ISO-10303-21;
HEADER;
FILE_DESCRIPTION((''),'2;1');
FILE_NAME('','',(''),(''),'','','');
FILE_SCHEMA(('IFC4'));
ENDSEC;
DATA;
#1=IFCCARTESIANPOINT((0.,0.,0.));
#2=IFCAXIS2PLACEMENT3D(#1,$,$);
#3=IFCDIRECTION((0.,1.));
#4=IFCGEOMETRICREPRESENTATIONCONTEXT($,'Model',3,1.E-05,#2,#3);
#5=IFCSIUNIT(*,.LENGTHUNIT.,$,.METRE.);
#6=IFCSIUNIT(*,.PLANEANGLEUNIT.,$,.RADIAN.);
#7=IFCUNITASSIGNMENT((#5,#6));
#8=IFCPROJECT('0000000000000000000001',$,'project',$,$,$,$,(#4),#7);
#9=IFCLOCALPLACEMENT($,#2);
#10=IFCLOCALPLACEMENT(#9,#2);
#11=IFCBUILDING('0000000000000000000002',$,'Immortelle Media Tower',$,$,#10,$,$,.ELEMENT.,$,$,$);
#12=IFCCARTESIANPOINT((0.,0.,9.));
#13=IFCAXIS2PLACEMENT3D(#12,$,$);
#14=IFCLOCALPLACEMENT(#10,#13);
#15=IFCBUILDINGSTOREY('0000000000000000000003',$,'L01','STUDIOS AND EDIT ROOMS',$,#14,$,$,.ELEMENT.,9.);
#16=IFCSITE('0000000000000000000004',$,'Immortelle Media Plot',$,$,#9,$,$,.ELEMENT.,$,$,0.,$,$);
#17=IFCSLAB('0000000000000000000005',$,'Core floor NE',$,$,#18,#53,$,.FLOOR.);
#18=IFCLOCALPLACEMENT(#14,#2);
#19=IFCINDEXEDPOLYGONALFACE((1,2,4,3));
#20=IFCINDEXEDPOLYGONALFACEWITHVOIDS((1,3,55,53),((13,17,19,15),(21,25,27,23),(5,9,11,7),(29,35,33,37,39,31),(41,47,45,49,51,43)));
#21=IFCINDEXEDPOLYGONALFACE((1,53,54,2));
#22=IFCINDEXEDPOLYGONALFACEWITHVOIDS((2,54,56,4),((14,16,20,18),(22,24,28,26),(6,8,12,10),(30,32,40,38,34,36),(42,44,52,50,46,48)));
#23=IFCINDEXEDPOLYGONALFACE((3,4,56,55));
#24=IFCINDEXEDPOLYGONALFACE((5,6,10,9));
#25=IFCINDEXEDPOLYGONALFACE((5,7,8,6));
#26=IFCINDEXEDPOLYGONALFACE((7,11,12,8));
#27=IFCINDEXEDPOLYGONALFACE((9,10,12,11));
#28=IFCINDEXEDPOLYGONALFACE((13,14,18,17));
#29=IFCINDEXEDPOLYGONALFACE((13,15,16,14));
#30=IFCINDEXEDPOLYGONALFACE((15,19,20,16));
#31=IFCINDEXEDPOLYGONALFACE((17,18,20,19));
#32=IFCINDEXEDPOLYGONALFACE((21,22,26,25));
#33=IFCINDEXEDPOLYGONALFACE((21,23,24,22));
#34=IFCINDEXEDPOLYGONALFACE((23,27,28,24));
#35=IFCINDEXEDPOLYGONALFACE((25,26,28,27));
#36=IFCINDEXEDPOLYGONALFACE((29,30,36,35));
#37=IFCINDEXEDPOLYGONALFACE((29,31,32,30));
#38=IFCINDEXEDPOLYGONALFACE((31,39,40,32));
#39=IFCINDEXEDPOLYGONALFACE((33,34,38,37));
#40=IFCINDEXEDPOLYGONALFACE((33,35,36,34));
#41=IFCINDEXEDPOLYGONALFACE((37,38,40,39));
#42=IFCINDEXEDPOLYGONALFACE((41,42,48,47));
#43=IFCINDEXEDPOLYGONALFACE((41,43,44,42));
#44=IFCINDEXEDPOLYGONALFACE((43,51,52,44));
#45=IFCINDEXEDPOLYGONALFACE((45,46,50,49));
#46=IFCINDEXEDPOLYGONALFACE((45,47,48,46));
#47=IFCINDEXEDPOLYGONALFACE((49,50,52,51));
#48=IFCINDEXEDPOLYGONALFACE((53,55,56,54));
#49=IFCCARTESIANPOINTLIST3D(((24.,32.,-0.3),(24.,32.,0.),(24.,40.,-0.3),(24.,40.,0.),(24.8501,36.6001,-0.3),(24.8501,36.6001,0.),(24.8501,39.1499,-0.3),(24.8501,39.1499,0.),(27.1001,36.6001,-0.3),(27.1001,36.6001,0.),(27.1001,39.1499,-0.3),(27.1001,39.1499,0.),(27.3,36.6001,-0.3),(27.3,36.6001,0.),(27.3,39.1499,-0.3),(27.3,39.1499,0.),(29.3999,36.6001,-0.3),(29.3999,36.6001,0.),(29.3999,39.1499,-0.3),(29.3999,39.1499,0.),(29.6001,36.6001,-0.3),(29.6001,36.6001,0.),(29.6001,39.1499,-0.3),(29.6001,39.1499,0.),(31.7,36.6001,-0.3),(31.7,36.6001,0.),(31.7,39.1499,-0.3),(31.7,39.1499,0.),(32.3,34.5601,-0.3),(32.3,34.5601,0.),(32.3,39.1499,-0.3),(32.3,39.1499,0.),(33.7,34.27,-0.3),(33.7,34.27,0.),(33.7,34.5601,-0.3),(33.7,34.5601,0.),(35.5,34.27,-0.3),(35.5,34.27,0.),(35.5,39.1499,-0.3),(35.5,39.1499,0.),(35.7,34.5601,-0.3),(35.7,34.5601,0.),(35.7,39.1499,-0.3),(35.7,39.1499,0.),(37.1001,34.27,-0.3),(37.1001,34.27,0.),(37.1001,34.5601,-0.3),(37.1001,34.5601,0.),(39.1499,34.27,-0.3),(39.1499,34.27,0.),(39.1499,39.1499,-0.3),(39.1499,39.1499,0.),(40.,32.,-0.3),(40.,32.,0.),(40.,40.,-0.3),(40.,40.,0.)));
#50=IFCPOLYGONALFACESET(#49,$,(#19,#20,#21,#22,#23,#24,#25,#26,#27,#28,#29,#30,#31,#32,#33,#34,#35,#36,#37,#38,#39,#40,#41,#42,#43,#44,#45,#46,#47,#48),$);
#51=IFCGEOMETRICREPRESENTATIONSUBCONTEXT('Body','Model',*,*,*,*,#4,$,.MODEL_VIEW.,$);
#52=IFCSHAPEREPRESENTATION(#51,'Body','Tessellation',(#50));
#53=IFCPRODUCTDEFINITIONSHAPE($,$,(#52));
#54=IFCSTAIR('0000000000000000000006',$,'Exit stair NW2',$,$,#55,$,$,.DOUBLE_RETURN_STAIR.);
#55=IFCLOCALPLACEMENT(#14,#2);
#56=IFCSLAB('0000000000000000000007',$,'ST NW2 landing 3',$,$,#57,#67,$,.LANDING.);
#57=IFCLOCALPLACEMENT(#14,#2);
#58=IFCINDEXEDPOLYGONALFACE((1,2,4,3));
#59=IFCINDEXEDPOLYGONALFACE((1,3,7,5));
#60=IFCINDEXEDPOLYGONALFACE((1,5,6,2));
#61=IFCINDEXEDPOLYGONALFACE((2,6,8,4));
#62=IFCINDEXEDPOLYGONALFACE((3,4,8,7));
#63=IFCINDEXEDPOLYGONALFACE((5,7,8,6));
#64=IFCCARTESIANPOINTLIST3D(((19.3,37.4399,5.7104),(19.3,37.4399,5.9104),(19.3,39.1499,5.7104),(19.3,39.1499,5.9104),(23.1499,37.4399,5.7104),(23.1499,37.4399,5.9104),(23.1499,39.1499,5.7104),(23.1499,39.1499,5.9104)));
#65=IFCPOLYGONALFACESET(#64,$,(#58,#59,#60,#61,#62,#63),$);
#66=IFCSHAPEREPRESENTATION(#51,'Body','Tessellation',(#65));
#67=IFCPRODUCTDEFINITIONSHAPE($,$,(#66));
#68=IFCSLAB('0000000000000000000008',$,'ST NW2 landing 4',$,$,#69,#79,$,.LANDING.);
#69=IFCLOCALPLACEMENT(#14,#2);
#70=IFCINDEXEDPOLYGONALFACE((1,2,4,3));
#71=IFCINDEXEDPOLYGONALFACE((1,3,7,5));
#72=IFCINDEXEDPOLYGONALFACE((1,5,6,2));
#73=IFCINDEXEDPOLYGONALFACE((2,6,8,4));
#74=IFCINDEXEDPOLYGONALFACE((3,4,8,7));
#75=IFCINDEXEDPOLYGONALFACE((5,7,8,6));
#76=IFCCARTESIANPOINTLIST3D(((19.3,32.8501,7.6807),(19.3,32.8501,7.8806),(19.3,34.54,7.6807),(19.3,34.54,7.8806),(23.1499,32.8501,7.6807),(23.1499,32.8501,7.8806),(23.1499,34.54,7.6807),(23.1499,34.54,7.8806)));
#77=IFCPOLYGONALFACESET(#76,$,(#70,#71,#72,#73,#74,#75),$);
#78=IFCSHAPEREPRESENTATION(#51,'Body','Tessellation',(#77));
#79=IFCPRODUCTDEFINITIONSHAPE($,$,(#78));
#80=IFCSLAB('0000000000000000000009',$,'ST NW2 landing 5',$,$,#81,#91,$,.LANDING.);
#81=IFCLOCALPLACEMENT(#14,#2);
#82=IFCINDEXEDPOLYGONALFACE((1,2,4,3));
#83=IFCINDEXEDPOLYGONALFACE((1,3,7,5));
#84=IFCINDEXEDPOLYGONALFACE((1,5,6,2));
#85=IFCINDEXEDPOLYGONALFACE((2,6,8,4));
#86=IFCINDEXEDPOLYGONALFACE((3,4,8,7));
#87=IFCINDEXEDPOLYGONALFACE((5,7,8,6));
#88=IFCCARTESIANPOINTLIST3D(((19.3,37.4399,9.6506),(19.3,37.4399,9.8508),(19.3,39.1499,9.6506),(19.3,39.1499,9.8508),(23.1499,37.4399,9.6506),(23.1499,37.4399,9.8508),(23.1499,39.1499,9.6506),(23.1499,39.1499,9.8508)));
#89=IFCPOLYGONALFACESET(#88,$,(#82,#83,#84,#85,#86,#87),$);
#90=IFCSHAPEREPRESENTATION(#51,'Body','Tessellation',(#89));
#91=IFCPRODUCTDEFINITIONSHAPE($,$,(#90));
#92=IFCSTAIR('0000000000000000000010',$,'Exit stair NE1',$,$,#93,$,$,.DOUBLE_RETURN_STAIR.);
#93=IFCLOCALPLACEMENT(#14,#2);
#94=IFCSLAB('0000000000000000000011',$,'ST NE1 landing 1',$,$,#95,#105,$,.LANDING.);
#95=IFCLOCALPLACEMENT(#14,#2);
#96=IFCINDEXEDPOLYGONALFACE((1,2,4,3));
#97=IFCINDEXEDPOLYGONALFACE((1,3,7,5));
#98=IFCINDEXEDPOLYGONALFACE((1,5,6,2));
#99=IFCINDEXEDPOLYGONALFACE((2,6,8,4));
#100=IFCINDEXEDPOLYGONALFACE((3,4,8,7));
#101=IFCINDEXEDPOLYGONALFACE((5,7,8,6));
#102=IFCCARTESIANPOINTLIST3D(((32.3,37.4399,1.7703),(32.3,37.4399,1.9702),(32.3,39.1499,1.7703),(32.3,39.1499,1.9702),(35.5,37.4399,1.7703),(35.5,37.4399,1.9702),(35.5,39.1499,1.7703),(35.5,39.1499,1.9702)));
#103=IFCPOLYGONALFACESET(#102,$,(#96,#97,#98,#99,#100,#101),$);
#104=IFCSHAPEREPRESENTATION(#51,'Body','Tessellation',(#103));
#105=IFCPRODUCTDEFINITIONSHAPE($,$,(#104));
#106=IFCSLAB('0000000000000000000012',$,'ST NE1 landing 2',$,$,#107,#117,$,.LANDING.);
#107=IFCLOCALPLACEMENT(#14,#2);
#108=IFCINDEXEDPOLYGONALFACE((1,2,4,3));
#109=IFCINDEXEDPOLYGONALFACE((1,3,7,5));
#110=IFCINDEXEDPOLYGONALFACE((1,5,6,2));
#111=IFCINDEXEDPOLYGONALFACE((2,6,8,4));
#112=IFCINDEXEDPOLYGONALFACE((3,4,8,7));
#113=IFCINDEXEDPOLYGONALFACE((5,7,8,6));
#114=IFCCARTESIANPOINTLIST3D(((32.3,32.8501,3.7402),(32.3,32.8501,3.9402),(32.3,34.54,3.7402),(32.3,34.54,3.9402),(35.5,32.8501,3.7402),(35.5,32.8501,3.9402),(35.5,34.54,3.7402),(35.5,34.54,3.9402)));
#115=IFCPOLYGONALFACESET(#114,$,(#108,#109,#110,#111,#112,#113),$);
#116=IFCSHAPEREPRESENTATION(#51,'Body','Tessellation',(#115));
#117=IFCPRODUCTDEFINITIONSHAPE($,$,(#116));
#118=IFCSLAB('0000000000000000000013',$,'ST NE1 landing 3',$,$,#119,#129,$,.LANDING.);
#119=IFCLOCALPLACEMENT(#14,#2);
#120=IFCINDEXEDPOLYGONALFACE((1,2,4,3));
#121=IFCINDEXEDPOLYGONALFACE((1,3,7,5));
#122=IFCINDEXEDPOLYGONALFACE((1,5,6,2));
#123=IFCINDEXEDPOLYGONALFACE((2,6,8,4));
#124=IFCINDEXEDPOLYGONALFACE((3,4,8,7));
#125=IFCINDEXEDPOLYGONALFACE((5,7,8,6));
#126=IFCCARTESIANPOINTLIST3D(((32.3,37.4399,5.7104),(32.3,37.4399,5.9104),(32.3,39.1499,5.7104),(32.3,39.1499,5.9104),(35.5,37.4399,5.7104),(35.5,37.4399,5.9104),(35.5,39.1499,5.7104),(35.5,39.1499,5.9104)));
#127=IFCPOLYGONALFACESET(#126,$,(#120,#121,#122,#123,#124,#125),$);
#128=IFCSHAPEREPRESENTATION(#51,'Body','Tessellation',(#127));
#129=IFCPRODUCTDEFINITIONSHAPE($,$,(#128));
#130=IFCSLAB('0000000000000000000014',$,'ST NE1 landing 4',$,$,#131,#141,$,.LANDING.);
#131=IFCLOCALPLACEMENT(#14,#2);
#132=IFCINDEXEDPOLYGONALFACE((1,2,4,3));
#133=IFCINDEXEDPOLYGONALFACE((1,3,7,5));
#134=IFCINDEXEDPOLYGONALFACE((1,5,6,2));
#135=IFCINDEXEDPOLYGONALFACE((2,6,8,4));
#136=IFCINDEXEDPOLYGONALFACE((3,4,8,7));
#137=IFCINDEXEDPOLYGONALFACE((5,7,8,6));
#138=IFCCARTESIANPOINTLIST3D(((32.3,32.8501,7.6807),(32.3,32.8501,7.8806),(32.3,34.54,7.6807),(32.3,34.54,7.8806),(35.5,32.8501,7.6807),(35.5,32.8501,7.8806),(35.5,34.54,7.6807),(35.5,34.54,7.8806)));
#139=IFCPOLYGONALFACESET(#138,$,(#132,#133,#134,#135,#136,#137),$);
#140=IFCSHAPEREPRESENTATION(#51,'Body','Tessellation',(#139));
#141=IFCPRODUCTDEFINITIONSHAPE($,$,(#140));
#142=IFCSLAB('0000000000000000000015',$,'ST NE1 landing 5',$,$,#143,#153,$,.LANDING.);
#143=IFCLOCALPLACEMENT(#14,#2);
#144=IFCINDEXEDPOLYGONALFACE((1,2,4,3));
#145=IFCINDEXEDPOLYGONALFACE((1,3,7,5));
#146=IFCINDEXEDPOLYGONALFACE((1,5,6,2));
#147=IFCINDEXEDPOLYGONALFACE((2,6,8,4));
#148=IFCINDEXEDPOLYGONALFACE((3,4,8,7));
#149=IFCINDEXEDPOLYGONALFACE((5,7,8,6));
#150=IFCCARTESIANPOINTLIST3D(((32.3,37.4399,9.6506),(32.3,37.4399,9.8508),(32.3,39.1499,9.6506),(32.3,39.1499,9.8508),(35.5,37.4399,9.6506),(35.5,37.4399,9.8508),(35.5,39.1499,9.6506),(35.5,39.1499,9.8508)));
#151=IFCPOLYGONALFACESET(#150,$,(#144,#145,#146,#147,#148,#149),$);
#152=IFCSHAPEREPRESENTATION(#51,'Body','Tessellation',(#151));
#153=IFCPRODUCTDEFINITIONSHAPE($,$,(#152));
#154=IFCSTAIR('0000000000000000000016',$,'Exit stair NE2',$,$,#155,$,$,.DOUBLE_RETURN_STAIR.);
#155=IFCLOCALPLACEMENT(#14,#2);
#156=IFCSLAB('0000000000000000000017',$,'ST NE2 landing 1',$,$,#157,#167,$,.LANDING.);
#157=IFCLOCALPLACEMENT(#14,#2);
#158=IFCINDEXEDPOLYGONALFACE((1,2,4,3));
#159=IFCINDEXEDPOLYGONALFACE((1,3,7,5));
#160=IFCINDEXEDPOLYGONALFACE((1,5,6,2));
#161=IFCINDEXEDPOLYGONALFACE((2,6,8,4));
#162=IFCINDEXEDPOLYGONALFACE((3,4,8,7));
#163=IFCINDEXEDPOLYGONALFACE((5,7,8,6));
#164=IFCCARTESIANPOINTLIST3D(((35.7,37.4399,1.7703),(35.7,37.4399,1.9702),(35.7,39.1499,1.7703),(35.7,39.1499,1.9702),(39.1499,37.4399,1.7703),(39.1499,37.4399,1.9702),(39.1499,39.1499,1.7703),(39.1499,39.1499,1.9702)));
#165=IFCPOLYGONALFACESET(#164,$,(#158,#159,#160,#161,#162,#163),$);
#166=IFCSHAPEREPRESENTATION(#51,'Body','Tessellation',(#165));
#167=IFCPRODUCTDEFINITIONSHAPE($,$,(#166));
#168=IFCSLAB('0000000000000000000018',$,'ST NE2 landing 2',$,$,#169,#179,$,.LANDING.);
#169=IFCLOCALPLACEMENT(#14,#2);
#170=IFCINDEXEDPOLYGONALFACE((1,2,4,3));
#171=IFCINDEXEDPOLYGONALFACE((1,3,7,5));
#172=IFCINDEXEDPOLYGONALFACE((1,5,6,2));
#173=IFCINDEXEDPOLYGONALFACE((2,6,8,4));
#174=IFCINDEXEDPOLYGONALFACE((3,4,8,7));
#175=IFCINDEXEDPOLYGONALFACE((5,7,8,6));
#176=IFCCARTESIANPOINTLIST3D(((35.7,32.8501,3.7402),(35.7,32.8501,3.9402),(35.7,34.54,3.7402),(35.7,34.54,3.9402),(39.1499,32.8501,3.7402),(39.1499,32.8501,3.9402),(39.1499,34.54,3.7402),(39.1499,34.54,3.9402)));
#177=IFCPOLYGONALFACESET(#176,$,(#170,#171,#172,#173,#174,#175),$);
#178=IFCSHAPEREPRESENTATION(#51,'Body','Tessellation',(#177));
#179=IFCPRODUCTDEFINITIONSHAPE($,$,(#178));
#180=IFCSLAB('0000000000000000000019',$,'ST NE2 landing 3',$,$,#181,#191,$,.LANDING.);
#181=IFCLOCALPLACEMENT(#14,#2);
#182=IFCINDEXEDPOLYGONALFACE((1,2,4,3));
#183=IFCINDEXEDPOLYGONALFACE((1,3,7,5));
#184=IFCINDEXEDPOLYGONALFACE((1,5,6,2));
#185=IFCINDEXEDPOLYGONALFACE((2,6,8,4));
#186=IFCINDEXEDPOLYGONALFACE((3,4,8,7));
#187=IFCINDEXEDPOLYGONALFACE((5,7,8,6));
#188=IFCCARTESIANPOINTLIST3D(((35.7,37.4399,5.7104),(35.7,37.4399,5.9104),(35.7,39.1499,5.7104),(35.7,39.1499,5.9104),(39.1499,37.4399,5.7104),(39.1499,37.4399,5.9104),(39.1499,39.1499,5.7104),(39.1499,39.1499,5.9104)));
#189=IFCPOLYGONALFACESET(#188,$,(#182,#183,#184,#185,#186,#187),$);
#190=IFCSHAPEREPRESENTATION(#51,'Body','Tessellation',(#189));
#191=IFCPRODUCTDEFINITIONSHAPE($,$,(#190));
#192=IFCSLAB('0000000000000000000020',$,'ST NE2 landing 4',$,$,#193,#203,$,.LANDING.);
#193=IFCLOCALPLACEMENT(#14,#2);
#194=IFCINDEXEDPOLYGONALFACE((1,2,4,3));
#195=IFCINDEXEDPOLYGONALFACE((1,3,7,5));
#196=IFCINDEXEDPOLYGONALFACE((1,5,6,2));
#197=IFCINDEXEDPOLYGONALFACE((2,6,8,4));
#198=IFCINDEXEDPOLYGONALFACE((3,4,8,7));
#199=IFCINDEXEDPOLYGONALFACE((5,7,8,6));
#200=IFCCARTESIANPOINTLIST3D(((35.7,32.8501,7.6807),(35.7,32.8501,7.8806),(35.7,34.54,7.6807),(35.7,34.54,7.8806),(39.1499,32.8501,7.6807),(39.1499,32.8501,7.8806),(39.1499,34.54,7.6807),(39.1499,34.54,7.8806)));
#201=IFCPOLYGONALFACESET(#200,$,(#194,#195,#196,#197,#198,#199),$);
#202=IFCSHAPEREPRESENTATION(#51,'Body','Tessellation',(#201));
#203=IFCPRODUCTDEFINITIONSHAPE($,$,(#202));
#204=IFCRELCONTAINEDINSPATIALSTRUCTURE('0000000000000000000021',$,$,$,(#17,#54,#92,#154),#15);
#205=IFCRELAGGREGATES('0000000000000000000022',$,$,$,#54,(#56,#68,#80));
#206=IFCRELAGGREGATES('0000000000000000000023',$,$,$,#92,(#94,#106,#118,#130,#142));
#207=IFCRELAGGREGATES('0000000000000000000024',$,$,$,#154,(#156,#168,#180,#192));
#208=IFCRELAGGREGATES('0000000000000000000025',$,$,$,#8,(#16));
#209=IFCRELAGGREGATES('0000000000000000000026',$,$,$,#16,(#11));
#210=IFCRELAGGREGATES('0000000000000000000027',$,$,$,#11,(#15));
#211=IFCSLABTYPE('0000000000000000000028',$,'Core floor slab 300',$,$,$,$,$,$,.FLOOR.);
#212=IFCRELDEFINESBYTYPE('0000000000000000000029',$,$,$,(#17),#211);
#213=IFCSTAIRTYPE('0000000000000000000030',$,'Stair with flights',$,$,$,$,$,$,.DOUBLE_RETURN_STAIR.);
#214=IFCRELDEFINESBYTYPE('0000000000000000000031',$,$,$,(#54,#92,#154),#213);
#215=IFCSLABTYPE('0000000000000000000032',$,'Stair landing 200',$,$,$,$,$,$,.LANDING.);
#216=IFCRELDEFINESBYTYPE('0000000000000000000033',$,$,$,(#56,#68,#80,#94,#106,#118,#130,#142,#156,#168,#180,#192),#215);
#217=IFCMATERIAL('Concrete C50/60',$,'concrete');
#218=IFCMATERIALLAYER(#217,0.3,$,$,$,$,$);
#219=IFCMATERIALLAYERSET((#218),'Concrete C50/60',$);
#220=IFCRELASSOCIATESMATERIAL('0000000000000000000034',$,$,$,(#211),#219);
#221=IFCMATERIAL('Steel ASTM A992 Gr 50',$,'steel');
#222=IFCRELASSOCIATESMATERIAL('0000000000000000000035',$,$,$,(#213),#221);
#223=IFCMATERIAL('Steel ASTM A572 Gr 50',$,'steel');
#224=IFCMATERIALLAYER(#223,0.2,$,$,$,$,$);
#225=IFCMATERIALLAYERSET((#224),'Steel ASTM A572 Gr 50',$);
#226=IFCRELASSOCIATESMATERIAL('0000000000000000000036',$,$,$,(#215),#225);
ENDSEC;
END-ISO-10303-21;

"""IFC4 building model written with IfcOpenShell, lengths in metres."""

from ifc_helpers import new_model, si_unit, direction, frame, origin, place, context, subcontext, project, spatial, polyline, outline, extrude, material, layer, layer_set, type_object, element, aggregate, save


model = new_model("IFC4")

# Units and contexts
model_context = context("Model", 3, precision=1e-05, world=origin(), true_north=direction((0.0, 1.0)))
body_context = subcontext(model_context, "Body", "Model", "MODEL_VIEW")
ifc_project = project(units=[si_unit("LENGTHUNIT", "METRE"), si_unit("PLANEANGLEUNIT", "RADIAN")], contexts=[model_context])

# Site, building, storey
site_placement = place(None, origin())
site = spatial("IfcSite", under=ifc_project, at=site_placement, Name="Immortelle Media Plot", CompositionType="ELEMENT", RefElevation=0.0)
building_placement = place(site_placement, origin())
building = spatial("IfcBuilding", under=site, at=building_placement, Name="Immortelle Media Tower", CompositionType="ELEMENT")
storey_placement = place(building_placement, frame((0.0, 0.0, 9.0)))
storey = spatial("IfcBuildingStorey", under=building, at=storey_placement, Name="L01", Description="STUDIOS AND EDIT ROOMS", CompositionType="ELEMENT", Elevation=9.0)

# Shared definitions
ifc_material_1 = material(Name="Steel ASTM A992 Gr 50", Category="steel")

# Slab
ifc_material_2 = material(Name="Concrete C50/60", Category="concrete")
ifc_layer_1 = layer(ifc_material_2, 0.3)
ifc_layer_set_1 = layer_set([ifc_layer_1], Name="Concrete C50/60")
slab_type_1 = type_object("IfcSlabType", Name="Core floor slab 300", PredefinedType="FLOOR", material=ifc_layer_set_1)
slab_1_placement = place(storey_placement, frame((0.0, 0.0, -0.3)))
element("IfcSlab", 1, at=slab_1_placement, inside=storey, type_object=slab_type_1, Name="Core floor NE", PredefinedType="FLOOR", context=body_context, shape_type="SweptSolid", body=[
    extrude(outline(polyline([(24.0, 32.0), (40.0, 32.0), (40.0, 40.0), (24.0, 40.0), (24.0, 32.0)]), holes=[polyline([(24.8501, 36.6001), (27.1001, 36.6001), (27.1001, 39.1499), (24.8501, 39.1499), (24.8501, 36.6001)]), polyline([(27.3, 36.6001), (29.3999, 36.6001), (29.3999, 39.1499), (27.3, 39.1499), (27.3, 36.6001)]), polyline([(29.6001, 36.6001), (31.7, 36.6001), (31.7, 39.1499), (29.6001, 39.1499), (29.6001, 36.6001)]), polyline([(32.3, 39.1499), (35.5, 39.1499), (35.5, 34.27), (33.7, 34.27), (33.7, 34.5601), (32.3, 34.5601), (32.3, 39.1499)]), polyline([(35.7, 39.1499), (39.1499, 39.1499), (39.1499, 34.27), (37.1001, 34.27), (37.1001, 34.5601), (35.7, 34.5601), (35.7, 39.1499)])]), origin(), (0.0, 0.0, 1.0), 0.3),
])

# Stairs, slabs
stair_type = type_object("IfcStairType", Name="Stair with flights", PredefinedType="DOUBLE_RETURN_STAIR", material=ifc_material_1)
stair_1_placement = place(storey_placement, origin())
stair_1 = element("IfcStair", 2, at=stair_1_placement, inside=storey, type_object=stair_type, Name="Exit stair NW2", PredefinedType="DOUBLE_RETURN_STAIR")
ifc_material_3 = material(Name="Steel ASTM A572 Gr 50", Category="steel")
ifc_layer_2 = layer(ifc_material_3, 0.2)
ifc_layer_set_2 = layer_set([ifc_layer_2], Name="Steel ASTM A572 Gr 50")
slab_type_2 = type_object("IfcSlabType", Name="Stair landing 200", PredefinedType="LANDING", material=ifc_layer_set_2)
slab_2_placement = place(storey_placement, frame((0.0, 0.0, 5.7104)))
slab_2 = element("IfcSlab", 3, at=slab_2_placement, type_object=slab_type_2, Name="ST NW2 landing 3", PredefinedType="LANDING", context=body_context, shape_type="SweptSolid", body=[
    extrude(outline(polyline([(19.3, 37.4399), (23.1499, 37.4399), (23.1499, 39.1499), (19.3, 39.1499), (19.3, 37.4399)])), origin(), (0.0, 0.0, 1.0), 0.2),
])
slab_3_placement = place(storey_placement, frame((0.0, 0.0, 7.6807)))
slab_3 = element("IfcSlab", 4, at=slab_3_placement, type_object=slab_type_2, Name="ST NW2 landing 4", PredefinedType="LANDING", context=body_context, shape_type="SweptSolid", body=[
    extrude(outline(polyline([(19.3, 32.8501), (23.1499, 32.8501), (23.1499, 34.54), (19.3, 34.54), (19.3, 32.8501)])), origin(), (0.0, 0.0, 1.0), 0.2),
])
slab_4_placement = place(storey_placement, frame((0.0, 0.0, 9.6506)))
slab_4 = element("IfcSlab", 5, at=slab_4_placement, type_object=slab_type_2, Name="ST NW2 landing 5", PredefinedType="LANDING", context=body_context, shape_type="SweptSolid", body=[
    extrude(outline(polyline([(19.3, 37.4399), (23.1499, 37.4399), (23.1499, 39.1499), (19.3, 39.1499), (19.3, 37.4399)])), origin(), (0.0, 0.0, 1.0), 0.2002),
])
aggregate(stair_1, [slab_2, slab_3, slab_4])
stair_2_placement = place(storey_placement, origin())
stair_2 = element("IfcStair", 6, at=stair_2_placement, inside=storey, type_object=stair_type, Name="Exit stair NE1", PredefinedType="DOUBLE_RETURN_STAIR")
slab_5_placement = place(storey_placement, frame((0.0, 0.0, 1.7703)))
slab_5 = element("IfcSlab", 7, at=slab_5_placement, type_object=slab_type_2, Name="ST NE1 landing 1", PredefinedType="LANDING", context=body_context, shape_type="SweptSolid", body=[
    extrude(outline(polyline([(32.3, 37.4399), (35.5, 37.4399), (35.5, 39.1499), (32.3, 39.1499), (32.3, 37.4399)])), origin(), (0.0, 0.0, 1.0), 0.2),
])
slab_6_placement = place(storey_placement, frame((0.0, 0.0, 3.7402)))
slab_6 = element("IfcSlab", 8, at=slab_6_placement, type_object=slab_type_2, Name="ST NE1 landing 2", PredefinedType="LANDING", context=body_context, shape_type="SweptSolid", body=[
    extrude(outline(polyline([(32.3, 32.8501), (35.5, 32.8501), (35.5, 34.54), (32.3, 34.54), (32.3, 32.8501)])), origin(), (0.0, 0.0, 1.0), 0.2),
])
slab_7_placement = place(storey_placement, frame((0.0, 0.0, 5.7104)))
slab_7 = element("IfcSlab", 9, at=slab_7_placement, type_object=slab_type_2, Name="ST NE1 landing 3", PredefinedType="LANDING", context=body_context, shape_type="SweptSolid", body=[
    extrude(outline(polyline([(32.3, 37.4399), (35.5, 37.4399), (35.5, 39.1499), (32.3, 39.1499), (32.3, 37.4399)])), origin(), (0.0, 0.0, 1.0), 0.2),
])
slab_8_placement = place(storey_placement, frame((0.0, 0.0, 7.6807)))
slab_8 = element("IfcSlab", 10, at=slab_8_placement, type_object=slab_type_2, Name="ST NE1 landing 4", PredefinedType="LANDING", context=body_context, shape_type="SweptSolid", body=[
    extrude(outline(polyline([(32.3, 32.8501), (35.5, 32.8501), (35.5, 34.54), (32.3, 34.54), (32.3, 32.8501)])), origin(), (0.0, 0.0, 1.0), 0.2),
])
slab_9_placement = place(storey_placement, frame((0.0, 0.0, 9.6506)))
slab_9 = element("IfcSlab", 11, at=slab_9_placement, type_object=slab_type_2, Name="ST NE1 landing 5", PredefinedType="LANDING", context=body_context, shape_type="SweptSolid", body=[
    extrude(outline(polyline([(32.3, 37.4399), (35.5, 37.4399), (35.5, 39.1499), (32.3, 39.1499), (32.3, 37.4399)])), origin(), (0.0, 0.0, 1.0), 0.2002),
])
aggregate(stair_2, [slab_5, slab_6, slab_7, slab_8, slab_9])
stair_3_placement = place(storey_placement, origin())
stair_3 = element("IfcStair", 12, at=stair_3_placement, inside=storey, type_object=stair_type, Name="Exit stair NE2", PredefinedType="DOUBLE_RETURN_STAIR")
slab_10_placement = place(storey_placement, frame((0.0, 0.0, 1.7703)))
slab_10 = element("IfcSlab", 13, at=slab_10_placement, type_object=slab_type_2, Name="ST NE2 landing 1", PredefinedType="LANDING", context=body_context, shape_type="SweptSolid", body=[
    extrude(outline(polyline([(35.7, 37.4399), (39.1499, 37.4399), (39.1499, 39.1499), (35.7, 39.1499), (35.7, 37.4399)])), origin(), (0.0, 0.0, 1.0), 0.2),
])
slab_11_placement = place(storey_placement, frame((0.0, 0.0, 3.7402)))
slab_11 = element("IfcSlab", 14, at=slab_11_placement, type_object=slab_type_2, Name="ST NE2 landing 2", PredefinedType="LANDING", context=body_context, shape_type="SweptSolid", body=[
    extrude(outline(polyline([(35.7, 32.8501), (39.1499, 32.8501), (39.1499, 34.54), (35.7, 34.54), (35.7, 32.8501)])), origin(), (0.0, 0.0, 1.0), 0.2),
])
slab_12_placement = place(storey_placement, frame((0.0, 0.0, 5.7104)))
slab_12 = element("IfcSlab", 15, at=slab_12_placement, type_object=slab_type_2, Name="ST NE2 landing 3", PredefinedType="LANDING", context=body_context, shape_type="SweptSolid", body=[
    extrude(outline(polyline([(35.7, 37.4399), (39.1499, 37.4399), (39.1499, 39.1499), (35.7, 39.1499), (35.7, 37.4399)])), origin(), (0.0, 0.0, 1.0), 0.2),
])
slab_13_placement = place(storey_placement, frame((0.0, 0.0, 7.6807)))
slab_13 = element("IfcSlab", 16, at=slab_13_placement, type_object=slab_type_2, Name="ST NE2 landing 4", PredefinedType="LANDING", context=body_context, shape_type="SweptSolid", body=[
    extrude(outline(polyline([(35.7, 32.8501), (39.1499, 32.8501), (39.1499, 34.54), (35.7, 34.54), (35.7, 32.8501)])), origin(), (0.0, 0.0, 1.0), 0.2),
])
aggregate(stair_3, [slab_10, slab_11, slab_12, slab_13])

save(model, "model.ifc")
